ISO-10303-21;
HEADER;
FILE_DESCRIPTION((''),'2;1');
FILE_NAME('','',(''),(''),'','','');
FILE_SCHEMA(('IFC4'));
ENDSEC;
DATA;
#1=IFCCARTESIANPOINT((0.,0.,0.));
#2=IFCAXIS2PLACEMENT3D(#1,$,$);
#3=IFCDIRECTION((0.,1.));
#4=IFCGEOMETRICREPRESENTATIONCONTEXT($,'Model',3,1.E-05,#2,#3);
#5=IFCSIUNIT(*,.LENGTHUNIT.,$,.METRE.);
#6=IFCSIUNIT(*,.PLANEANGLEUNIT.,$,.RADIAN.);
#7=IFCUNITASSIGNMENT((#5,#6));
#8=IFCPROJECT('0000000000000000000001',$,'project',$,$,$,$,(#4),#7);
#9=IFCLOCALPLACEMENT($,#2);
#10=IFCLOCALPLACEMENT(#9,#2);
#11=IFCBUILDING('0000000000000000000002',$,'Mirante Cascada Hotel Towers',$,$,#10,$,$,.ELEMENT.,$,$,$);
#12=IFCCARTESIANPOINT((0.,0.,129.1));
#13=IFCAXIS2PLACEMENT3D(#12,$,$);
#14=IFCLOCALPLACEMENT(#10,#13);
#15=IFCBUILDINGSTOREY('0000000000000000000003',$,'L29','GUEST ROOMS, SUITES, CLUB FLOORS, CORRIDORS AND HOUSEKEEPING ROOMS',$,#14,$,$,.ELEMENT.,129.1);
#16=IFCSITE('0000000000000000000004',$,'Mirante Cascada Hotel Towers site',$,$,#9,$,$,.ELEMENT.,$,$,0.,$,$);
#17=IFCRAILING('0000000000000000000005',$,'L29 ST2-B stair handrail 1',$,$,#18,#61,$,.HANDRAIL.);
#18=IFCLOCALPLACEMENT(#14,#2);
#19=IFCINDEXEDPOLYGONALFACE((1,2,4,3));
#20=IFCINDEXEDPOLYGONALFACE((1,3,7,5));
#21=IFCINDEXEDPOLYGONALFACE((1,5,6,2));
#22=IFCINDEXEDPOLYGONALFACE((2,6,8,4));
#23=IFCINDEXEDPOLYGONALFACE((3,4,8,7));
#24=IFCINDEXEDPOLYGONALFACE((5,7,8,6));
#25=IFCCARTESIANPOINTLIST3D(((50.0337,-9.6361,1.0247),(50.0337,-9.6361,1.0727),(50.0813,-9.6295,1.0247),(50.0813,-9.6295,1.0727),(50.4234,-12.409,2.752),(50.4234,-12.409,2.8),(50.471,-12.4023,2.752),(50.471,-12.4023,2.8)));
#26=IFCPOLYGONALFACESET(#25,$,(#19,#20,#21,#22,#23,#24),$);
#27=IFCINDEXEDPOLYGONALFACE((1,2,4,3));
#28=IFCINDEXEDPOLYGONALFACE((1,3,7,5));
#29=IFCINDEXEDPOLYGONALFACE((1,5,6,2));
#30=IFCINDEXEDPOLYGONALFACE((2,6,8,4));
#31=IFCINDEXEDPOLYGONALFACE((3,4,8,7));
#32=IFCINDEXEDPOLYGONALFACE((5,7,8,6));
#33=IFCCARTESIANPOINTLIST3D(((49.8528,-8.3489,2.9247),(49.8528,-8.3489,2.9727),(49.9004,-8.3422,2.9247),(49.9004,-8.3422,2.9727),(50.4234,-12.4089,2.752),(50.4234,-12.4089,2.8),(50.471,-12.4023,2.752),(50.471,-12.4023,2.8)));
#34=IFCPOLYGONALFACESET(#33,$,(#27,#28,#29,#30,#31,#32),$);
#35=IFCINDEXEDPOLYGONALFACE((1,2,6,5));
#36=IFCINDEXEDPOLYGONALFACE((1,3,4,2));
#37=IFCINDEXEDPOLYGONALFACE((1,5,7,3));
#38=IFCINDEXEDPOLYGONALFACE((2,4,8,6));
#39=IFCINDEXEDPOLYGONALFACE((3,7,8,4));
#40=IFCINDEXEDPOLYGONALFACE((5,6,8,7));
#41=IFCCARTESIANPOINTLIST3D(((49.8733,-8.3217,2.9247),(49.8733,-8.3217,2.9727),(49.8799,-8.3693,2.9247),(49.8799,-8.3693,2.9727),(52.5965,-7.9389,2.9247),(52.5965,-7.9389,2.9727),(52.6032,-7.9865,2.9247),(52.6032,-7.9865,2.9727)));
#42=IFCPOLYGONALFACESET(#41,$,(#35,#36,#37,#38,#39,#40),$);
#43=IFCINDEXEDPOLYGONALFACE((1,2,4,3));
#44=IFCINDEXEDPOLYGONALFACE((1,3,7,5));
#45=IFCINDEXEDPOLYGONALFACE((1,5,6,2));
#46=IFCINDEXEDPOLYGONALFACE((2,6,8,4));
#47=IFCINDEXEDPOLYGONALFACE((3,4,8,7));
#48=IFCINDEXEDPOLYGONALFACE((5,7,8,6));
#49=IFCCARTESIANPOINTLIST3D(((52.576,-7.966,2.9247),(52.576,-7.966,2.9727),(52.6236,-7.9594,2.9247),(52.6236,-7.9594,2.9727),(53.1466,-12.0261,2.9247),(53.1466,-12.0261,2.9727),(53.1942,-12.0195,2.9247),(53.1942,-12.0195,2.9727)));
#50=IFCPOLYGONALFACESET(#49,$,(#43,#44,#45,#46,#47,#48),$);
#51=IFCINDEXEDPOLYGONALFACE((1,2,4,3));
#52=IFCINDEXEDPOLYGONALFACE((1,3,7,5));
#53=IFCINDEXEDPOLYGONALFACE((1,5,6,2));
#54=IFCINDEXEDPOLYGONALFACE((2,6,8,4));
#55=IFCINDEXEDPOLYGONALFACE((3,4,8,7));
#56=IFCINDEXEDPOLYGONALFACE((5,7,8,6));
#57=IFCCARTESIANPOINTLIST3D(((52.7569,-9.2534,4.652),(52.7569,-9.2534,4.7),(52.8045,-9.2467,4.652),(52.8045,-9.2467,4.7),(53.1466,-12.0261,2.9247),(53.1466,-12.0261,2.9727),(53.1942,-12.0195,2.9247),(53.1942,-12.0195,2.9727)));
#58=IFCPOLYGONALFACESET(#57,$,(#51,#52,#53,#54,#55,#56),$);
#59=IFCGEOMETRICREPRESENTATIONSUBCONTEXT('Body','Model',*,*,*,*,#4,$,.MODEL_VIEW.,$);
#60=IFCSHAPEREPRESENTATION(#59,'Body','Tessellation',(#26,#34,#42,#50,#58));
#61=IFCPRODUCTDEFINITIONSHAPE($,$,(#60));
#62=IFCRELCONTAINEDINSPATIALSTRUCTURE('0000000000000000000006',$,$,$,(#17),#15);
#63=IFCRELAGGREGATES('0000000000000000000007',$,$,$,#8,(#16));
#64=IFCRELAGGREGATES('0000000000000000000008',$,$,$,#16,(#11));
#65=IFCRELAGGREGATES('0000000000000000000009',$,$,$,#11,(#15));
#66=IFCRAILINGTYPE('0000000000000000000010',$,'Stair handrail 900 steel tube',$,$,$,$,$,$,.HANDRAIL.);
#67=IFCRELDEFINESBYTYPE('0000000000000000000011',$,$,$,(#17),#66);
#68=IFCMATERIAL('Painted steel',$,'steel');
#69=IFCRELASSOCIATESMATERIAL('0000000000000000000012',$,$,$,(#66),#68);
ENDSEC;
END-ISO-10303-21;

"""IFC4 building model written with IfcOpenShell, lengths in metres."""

from ifc_helpers import new_model, si_unit, direction, frame, origin, origin_2d, place, context, subcontext, project, spatial, rectangle, extrude, material, type_object, element, save


model = new_model("IFC4")

# Units and contexts
model_context = context("Model", 3, precision=1e-05, world=origin(), true_north=direction((0.0, 1.0)))
body_context = subcontext(model_context, "Body", "Model", "MODEL_VIEW")
ifc_project = project(units=[si_unit("LENGTHUNIT", "METRE"), si_unit("PLANEANGLEUNIT", "RADIAN")], contexts=[model_context])

# Site, building, storey
site_placement = place(None, origin())
site = spatial("IfcSite", under=ifc_project, at=site_placement, Name="Mirante Cascada Hotel Towers site", CompositionType="ELEMENT", RefElevation=0.0)
building_placement = place(site_placement, origin())
building = spatial("IfcBuilding", under=site, at=building_placement, Name="Mirante Cascada Hotel Towers", CompositionType="ELEMENT")
storey_placement = place(building_placement, frame((0.0, 0.0, 129.1)))
storey = spatial("IfcBuildingStorey", under=building, at=storey_placement, Name="L29", Description="GUEST ROOMS, SUITES, CLUB FLOORS, CORRIDORS AND HOUSEKEEPING ROOMS", CompositionType="ELEMENT", Elevation=129.1)

# Railing
ifc_material_1 = material(Name="Painted steel", Category="steel")
railing_type_1 = type_object("IfcRailingType", Name="Stair handrail 900 steel tube", PredefinedType="HANDRAIL", material=ifc_material_1)
railing_1_placement = place(storey_placement, frame((50.0575, -9.6328, 0.1727)))
element("IfcRailing", 1, at=railing_1_placement, inside=storey, type_object=railing_type_1, Name="L29 ST2-B stair handrail 1", PredefinedType="HANDRAIL", context=body_context, shape_type="SweptSolid", body=[
    extrude(rectangle(XDim=0.048, YDim=0.048, at=origin_2d()), frame((0.0, 0.0, 0.876), z_axis=(0.139176, -0.990268, 0.0), x_axis=(0.990268, 0.139176, 0.0)), (0.0, 0.525021, 0.851089), 3.29),
    extrude(rectangle(XDim=0.048, YDim=0.048, at=origin_2d()), frame((0.3897, -2.7728, 2.6033), z_axis=(-0.139171, 0.990268, 0.0), x_axis=(-0.990268, -0.139171, 0.0)), (0.0, 0.042085, 0.999114), 4.1036),
    extrude(rectangle(XDim=0.048, YDim=0.048, at=origin_2d()), frame((-0.1809, 1.2873, 2.776), z_axis=(0.990264, 0.139201, 0.0), x_axis=(-0.139201, 0.990264, 0.0)), (0.0, 0.0, 1.0), 2.75),
    extrude(rectangle(XDim=0.048, YDim=0.048, at=origin_2d()), frame((2.5423, 1.6701, 2.776), z_axis=(0.139171, -0.990268, 0.0), x_axis=(0.990268, 0.139171, 0.0)), (0.0, 0.0, 1.0), 4.1),
    extrude(rectangle(XDim=0.048, YDim=0.048, at=origin_2d()), frame((3.1129, -2.39, 2.776), z_axis=(-0.139181, 0.990267, 0.0), x_axis=(-0.990267, -0.139181, 0.0)), (0.0, 0.525035, 0.851081), 3.2899),
])

save(model, "model.ifc")
